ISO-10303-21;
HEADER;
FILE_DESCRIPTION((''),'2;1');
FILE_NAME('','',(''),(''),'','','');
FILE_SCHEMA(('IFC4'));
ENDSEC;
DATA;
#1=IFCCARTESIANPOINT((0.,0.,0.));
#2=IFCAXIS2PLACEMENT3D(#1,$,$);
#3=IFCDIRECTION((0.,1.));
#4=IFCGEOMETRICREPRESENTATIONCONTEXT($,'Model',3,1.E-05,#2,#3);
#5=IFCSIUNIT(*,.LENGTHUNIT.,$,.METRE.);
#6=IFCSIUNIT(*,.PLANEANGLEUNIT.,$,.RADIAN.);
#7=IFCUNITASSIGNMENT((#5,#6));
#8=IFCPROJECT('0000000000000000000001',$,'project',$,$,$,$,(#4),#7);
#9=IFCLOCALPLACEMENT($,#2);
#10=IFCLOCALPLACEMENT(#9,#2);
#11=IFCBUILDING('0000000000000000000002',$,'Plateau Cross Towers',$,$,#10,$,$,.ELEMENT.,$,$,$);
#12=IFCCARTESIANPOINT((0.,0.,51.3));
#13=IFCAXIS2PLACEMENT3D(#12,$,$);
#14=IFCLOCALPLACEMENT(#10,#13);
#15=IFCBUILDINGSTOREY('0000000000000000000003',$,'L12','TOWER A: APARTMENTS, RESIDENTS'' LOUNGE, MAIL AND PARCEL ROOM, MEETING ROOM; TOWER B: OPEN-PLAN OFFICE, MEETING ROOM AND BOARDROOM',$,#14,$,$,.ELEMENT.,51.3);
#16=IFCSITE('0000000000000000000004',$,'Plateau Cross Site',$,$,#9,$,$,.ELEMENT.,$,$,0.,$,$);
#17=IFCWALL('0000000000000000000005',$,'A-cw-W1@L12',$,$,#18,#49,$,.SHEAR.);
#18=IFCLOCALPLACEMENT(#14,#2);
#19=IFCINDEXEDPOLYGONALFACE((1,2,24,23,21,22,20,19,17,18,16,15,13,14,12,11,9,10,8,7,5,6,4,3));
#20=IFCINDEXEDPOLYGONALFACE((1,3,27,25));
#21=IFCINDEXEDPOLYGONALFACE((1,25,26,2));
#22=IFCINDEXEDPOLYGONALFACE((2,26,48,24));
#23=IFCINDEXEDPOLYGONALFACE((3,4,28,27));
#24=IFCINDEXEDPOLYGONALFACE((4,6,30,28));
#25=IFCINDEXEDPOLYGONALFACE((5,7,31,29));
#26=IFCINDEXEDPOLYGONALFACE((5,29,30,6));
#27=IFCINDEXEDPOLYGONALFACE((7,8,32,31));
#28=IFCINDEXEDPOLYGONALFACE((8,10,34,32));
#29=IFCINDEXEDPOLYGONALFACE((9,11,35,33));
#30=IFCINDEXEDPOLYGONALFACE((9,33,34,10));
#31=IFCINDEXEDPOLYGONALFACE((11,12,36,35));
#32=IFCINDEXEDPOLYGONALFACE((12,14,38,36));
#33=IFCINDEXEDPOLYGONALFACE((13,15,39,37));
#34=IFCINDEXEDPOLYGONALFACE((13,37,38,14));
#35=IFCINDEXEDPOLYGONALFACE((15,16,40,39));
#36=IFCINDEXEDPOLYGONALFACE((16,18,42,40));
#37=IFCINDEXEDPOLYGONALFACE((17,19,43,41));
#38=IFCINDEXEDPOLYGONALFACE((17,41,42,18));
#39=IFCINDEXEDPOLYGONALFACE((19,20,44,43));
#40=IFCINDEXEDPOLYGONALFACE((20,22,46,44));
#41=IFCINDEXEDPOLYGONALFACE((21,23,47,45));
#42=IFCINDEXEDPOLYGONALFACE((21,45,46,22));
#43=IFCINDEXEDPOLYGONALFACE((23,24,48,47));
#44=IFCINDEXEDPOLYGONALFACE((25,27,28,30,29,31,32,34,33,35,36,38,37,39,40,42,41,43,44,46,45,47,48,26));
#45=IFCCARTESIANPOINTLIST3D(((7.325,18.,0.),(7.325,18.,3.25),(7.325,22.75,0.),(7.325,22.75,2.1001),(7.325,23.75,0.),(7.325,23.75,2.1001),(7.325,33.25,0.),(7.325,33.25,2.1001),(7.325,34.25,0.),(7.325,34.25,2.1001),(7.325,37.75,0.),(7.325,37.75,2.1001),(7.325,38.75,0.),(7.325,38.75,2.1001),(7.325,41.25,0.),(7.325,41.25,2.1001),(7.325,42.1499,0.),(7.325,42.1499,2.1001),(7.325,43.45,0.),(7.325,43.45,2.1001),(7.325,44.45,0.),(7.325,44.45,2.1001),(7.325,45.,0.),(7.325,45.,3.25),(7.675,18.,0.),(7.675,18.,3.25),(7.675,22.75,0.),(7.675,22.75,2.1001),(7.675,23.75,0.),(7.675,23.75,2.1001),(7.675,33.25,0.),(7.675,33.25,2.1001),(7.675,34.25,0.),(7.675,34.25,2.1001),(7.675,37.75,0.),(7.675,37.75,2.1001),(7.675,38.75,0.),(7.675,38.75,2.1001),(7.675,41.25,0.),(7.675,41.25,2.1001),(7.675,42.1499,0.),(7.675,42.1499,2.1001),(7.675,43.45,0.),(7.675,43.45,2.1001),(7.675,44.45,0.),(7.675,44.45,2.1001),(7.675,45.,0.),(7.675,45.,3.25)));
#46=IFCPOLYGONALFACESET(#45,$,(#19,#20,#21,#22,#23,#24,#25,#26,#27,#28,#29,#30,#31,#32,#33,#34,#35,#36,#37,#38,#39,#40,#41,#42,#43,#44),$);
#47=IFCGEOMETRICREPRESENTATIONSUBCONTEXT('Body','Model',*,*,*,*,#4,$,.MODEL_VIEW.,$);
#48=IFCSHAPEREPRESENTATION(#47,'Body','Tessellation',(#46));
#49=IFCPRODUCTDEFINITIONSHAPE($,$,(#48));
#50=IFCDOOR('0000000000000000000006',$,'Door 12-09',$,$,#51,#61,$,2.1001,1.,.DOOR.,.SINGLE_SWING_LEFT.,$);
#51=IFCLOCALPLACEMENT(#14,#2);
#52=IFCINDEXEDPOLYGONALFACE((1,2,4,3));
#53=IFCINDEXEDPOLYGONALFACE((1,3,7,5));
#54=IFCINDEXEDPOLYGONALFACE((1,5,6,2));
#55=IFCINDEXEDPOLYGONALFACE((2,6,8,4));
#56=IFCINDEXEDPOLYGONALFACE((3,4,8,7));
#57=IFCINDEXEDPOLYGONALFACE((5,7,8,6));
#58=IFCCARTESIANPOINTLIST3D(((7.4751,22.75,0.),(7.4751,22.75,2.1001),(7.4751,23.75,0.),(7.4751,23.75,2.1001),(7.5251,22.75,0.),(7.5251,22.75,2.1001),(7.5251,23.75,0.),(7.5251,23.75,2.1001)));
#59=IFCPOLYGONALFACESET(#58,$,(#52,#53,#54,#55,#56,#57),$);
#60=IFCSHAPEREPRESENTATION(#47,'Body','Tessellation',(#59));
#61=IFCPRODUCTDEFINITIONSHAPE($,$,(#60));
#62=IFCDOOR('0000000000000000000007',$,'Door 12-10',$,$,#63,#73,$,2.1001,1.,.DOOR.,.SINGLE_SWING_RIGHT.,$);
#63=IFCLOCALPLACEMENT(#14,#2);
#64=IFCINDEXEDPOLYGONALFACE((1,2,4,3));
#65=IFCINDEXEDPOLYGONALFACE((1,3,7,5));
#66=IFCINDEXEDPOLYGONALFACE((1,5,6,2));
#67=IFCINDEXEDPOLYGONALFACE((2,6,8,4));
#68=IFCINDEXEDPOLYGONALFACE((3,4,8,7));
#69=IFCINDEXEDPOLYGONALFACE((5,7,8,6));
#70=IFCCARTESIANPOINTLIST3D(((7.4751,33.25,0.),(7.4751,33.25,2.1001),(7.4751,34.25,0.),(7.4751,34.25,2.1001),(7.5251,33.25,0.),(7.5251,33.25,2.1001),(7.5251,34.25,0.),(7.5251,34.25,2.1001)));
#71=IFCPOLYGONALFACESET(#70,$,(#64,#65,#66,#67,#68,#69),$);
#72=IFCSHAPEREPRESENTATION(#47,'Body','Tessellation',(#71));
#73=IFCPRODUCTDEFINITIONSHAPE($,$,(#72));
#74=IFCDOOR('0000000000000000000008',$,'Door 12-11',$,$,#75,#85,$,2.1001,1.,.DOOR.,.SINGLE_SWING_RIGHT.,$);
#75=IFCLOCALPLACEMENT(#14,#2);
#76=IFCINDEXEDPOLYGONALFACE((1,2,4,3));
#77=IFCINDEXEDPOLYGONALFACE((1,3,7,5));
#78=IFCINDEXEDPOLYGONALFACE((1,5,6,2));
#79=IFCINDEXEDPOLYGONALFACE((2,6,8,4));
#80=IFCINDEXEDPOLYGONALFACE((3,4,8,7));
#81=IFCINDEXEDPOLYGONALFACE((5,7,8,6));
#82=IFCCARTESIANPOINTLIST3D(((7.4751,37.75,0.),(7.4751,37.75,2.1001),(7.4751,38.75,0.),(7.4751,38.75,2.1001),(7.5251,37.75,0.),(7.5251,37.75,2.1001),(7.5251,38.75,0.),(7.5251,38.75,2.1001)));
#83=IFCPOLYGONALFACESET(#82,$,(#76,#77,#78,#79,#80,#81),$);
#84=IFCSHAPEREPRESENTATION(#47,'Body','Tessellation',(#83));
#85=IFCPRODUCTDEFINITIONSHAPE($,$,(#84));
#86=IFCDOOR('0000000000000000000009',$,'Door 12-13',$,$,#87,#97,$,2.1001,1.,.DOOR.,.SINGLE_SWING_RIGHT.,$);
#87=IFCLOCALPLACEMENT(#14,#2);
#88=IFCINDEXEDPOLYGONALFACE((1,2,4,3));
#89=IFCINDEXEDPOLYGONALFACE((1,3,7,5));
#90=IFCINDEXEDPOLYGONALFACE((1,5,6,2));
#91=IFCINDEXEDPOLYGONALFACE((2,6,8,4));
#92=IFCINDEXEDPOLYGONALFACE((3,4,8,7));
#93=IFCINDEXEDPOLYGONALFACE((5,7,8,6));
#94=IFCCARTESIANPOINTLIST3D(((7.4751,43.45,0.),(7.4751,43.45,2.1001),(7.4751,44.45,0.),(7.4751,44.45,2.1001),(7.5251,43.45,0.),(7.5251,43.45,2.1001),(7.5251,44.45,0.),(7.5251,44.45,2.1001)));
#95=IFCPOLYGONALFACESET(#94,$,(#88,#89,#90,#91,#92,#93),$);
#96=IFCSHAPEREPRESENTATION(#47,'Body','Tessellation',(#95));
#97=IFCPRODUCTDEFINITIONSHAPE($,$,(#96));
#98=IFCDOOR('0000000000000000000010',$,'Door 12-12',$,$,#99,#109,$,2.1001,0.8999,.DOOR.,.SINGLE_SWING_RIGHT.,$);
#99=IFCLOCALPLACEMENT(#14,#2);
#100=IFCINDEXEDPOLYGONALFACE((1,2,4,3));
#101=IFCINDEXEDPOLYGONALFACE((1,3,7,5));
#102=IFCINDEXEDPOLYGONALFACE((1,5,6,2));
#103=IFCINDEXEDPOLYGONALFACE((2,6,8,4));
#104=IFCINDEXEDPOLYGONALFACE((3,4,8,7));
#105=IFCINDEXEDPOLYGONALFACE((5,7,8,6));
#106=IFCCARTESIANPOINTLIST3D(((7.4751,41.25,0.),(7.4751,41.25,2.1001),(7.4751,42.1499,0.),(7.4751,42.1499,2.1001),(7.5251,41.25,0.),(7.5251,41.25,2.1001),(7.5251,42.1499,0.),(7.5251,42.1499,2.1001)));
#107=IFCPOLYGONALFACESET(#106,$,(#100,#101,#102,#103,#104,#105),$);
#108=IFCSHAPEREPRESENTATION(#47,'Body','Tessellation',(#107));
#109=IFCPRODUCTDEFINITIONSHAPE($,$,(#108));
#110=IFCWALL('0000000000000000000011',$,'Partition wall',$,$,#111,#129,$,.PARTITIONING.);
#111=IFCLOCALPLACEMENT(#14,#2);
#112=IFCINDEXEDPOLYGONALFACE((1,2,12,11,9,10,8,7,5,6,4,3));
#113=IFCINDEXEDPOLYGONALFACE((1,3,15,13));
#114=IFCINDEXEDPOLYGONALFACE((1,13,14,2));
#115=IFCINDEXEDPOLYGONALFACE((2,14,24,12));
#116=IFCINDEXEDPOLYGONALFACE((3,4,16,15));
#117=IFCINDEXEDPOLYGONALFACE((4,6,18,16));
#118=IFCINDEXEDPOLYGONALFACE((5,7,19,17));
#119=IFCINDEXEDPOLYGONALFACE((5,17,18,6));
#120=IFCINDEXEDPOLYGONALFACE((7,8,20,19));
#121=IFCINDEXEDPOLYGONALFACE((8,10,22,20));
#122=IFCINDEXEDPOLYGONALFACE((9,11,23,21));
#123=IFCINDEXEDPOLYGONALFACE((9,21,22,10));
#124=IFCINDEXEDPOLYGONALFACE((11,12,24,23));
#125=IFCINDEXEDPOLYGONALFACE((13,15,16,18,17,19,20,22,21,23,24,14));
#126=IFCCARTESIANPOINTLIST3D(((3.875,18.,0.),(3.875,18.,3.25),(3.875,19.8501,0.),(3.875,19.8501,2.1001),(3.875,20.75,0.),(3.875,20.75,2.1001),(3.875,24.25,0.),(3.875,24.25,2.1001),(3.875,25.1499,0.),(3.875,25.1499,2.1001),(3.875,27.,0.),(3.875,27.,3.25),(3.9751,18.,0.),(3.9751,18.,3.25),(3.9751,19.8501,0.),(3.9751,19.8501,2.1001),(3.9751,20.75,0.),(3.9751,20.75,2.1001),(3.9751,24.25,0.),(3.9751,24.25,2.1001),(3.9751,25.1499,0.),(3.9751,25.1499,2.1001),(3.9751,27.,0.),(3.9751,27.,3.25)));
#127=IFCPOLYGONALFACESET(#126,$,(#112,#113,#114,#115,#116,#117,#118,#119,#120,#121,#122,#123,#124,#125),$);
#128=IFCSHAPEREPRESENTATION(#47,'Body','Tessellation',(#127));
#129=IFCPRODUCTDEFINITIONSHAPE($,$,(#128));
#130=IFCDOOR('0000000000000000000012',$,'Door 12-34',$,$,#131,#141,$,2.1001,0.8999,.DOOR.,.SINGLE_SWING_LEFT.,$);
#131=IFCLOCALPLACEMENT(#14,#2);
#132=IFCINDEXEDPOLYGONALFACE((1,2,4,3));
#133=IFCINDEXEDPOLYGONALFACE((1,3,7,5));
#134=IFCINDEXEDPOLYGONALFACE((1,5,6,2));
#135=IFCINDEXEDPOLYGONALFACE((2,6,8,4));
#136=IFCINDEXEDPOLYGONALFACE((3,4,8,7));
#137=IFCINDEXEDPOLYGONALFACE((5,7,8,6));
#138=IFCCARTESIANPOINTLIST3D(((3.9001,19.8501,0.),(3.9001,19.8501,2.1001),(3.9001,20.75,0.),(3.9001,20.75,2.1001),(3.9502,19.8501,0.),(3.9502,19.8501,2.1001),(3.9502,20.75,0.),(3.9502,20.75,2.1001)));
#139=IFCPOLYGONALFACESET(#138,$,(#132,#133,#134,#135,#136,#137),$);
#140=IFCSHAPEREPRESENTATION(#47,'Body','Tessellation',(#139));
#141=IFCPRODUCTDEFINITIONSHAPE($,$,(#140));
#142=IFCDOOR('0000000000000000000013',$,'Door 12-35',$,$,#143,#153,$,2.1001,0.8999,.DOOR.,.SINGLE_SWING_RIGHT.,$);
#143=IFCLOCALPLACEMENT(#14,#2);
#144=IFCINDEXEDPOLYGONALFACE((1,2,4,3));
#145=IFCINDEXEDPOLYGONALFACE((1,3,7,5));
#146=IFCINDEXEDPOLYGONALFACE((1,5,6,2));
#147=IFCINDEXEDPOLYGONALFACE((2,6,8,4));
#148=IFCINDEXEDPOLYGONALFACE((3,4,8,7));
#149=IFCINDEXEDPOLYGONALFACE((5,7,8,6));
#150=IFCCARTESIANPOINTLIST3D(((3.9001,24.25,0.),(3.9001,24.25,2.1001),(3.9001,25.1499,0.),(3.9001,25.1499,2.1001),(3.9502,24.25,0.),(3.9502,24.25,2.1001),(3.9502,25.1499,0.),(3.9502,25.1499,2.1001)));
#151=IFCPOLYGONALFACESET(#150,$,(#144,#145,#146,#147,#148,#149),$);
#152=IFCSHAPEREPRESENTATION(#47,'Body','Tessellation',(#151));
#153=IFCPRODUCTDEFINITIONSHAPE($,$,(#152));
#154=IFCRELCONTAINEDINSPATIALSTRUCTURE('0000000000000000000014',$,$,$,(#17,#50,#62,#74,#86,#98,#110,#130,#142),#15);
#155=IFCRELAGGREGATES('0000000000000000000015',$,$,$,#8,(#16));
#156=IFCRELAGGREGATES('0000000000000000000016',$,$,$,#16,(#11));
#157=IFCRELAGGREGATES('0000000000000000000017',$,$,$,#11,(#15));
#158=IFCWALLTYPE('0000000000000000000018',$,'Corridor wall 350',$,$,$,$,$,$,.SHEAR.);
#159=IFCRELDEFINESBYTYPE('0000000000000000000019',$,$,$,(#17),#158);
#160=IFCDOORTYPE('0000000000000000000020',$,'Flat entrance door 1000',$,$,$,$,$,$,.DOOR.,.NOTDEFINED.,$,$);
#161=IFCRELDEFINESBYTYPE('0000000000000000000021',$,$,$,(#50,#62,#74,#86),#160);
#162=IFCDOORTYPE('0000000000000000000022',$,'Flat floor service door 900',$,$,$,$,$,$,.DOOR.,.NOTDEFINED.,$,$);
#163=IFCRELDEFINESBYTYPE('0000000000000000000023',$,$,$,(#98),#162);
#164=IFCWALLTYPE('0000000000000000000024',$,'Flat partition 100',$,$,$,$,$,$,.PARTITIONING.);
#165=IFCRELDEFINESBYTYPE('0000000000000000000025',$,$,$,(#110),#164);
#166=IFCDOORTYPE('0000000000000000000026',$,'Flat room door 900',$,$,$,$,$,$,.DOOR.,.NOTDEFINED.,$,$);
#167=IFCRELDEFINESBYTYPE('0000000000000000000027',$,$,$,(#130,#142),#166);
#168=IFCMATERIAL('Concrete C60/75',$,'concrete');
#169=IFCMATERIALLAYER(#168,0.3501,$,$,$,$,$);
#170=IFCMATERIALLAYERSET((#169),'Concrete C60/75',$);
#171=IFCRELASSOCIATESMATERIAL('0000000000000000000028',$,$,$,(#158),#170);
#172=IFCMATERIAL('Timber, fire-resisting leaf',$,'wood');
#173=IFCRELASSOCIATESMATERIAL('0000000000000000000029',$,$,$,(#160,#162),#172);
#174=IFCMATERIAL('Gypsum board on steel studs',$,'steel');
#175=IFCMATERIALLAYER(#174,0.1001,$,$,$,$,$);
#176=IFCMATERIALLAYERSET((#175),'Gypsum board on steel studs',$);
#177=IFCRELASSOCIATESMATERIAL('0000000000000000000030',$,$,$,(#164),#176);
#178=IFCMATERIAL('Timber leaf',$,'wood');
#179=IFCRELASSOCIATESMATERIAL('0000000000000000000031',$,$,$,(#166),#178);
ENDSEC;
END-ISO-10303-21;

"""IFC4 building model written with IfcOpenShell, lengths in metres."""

from ifc_helpers import new_model, si_unit, direction, frame, frame_2d, origin, place, context, subcontext, project, spatial, rectangle, extrude, material, layer, layer_set, type_object, element, fill, save


model = new_model("IFC4")

# Units and contexts
model_context = context("Model", 3, precision=1e-05, world=origin(), true_north=direction((0.0, 1.0)))
body_context = subcontext(model_context, "Body", "Model", "MODEL_VIEW")
ifc_project = project(units=[si_unit("LENGTHUNIT", "METRE"), si_unit("PLANEANGLEUNIT", "RADIAN")], contexts=[model_context])

# Site, building, storey
site_placement = place(None, origin())
site = spatial("IfcSite", under=ifc_project, at=site_placement, Name="Plateau Cross Site", CompositionType="ELEMENT", RefElevation=0.0)
building_placement = place(site_placement, origin())
building = spatial("IfcBuilding", under=site, at=building_placement, Name="Plateau Cross Towers", CompositionType="ELEMENT")
storey_placement = place(building_placement, frame((0.0, 0.0, 51.3)))
storey = spatial("IfcBuildingStorey", under=building, at=storey_placement, Name="L12", Description="TOWER A: APARTMENTS, RESIDENTS' LOUNGE, MAIL AND PARCEL ROOM, MEETING ROOM; TOWER B: OPEN-PLAN OFFICE, MEETING ROOM AND BOARDROOM", CompositionType="ELEMENT", Elevation=51.3)

# Shared definitions
ifc_material_1 = material(Name="Concrete C60/75", Category="concrete")

# Walls, openings, doors
ifc_layer_1 = layer(ifc_material_1, 0.3501)
ifc_layer_set_1 = layer_set([ifc_layer_1], Name="Concrete C60/75")
wall_type_1 = type_object("IfcWallType", Name="Corridor wall 350", PredefinedType="SHEAR", material=ifc_layer_set_1)
wall_1_placement = place(storey_placement, frame((7.5, 18.0, 0.0), z_axis=(0.0, 0.0, 1.0), x_axis=(0.0, 1.0, 0.0)))
wall_1 = element("IfcWall", 1, at=wall_1_placement, inside=storey, type_object=wall_type_1, Name="A-cw-W1@L12", PredefinedType="SHEAR", context=body_context, shape_type="SweptSolid", body=[
    extrude(rectangle(XDim=27.0, YDim=0.3501, at=frame_2d((13.5, 0.0))), origin(), (0.0, 0.0, 1.0), 3.25),
])
opening_1_placement = place(wall_1_placement, frame((4.75, 0.0, 0.0)))
opening_1 = element("IfcOpeningElement", 2, at=opening_1_placement, cuts=wall_1, PredefinedType="OPENING", context=body_context, shape_type="SweptSolid", body=[
    extrude(rectangle(XDim=1.0, YDim=2.1001, at=frame_2d((0.5, 1.05))), frame((0.0, 0.1851, 0.0), z_axis=(0.0, -1.0, 0.0), x_axis=(1.0, 0.0, 0.0)), (0.0, 0.0, 1.0), 0.3701),
])
opening_2_placement = place(wall_1_placement, frame((15.25, 0.0, 0.0)))
opening_2 = element("IfcOpeningElement", 3, at=opening_2_placement, cuts=wall_1, PredefinedType="OPENING", context=body_context, shape_type="SweptSolid", body=[
    extrude(rectangle(XDim=1.0, YDim=2.1001, at=frame_2d((0.5, 1.05))), frame((0.0, 0.1851, 0.0), z_axis=(0.0, -1.0, 0.0), x_axis=(1.0, 0.0, 0.0)), (0.0, 0.0, 1.0), 0.3701),
])
opening_3_placement = place(wall_1_placement, frame((19.75, 0.0, 0.0)))
opening_3 = element("IfcOpeningElement", 4, at=opening_3_placement, cuts=wall_1, PredefinedType="OPENING", context=body_context, shape_type="SweptSolid", body=[
    extrude(rectangle(XDim=1.0, YDim=2.1001, at=frame_2d((0.5, 1.05))), frame((0.0, 0.1851, 0.0), z_axis=(0.0, -1.0, 0.0), x_axis=(1.0, 0.0, 0.0)), (0.0, 0.0, 1.0), 0.3701),
])
opening_4_placement = place(wall_1_placement, frame((23.25, 0.0, 0.0)))
opening_4 = element("IfcOpeningElement", 5, at=opening_4_placement, cuts=wall_1, PredefinedType="OPENING", context=body_context, shape_type="SweptSolid", body=[
    extrude(rectangle(XDim=0.8999, YDim=2.1001, at=frame_2d((0.45, 1.05))), frame((0.0, 0.1851, 0.0), z_axis=(0.0, -1.0, 0.0), x_axis=(1.0, 0.0, 0.0)), (0.0, 0.0, 1.0), 0.3701),
])
opening_5_placement = place(wall_1_placement, frame((25.45, 0.0, 0.0)))
opening_5 = element("IfcOpeningElement", 6, at=opening_5_placement, cuts=wall_1, PredefinedType="OPENING", context=body_context, shape_type="SweptSolid", body=[
    extrude(rectangle(XDim=1.0, YDim=2.1001, at=frame_2d((0.5, 1.05))), frame((0.0, 0.1851, 0.0), z_axis=(0.0, -1.0, 0.0), x_axis=(1.0, 0.0, 0.0)), (0.0, 0.0, 1.0), 0.3701),
])
ifc_material_2 = material(Name="Timber, fire-resisting leaf", Category="wood")
door_type_1 = type_object("IfcDoorType", Name="Flat entrance door 1000", OperationType="NOTDEFINED", PredefinedType="DOOR", material=ifc_material_2)
door_1_placement = place(opening_1_placement, origin())
door_1 = element("IfcDoor", 7, at=door_1_placement, inside=storey, type_object=door_type_1, Name="Door 12-09", OperationType="SINGLE_SWING_LEFT", OverallHeight=2.1001, OverallWidth=1.0, PredefinedType="DOOR", context=body_context, shape_type="SweptSolid", body=[
    extrude(rectangle(XDim=1.0, YDim=2.1001, at=frame_2d((0.5, 1.05))), frame((0.0, 0.0249, 0.0), z_axis=(0.0, -1.0, 0.0), x_axis=(1.0, 0.0, 0.0)), (0.0, 0.0, 1.0), 0.05),
])
fill(opening_1, door_1)
door_2_placement = place(opening_2_placement, origin())
door_2 = element("IfcDoor", 8, at=door_2_placement, inside=storey, type_object=door_type_1, Name="Door 12-10", OperationType="SINGLE_SWING_RIGHT", OverallHeight=2.1001, OverallWidth=1.0, PredefinedType="DOOR", context=body_context, shape_type="SweptSolid", body=[
    extrude(rectangle(XDim=1.0, YDim=2.1001, at=frame_2d((0.5, 1.05))), frame((0.0, 0.0249, 0.0), z_axis=(0.0, -1.0, 0.0), x_axis=(1.0, 0.0, 0.0)), (0.0, 0.0, 1.0), 0.05),
])
fill(opening_2, door_2)
door_3_placement = place(opening_3_placement, origin())
door_3 = element("IfcDoor", 9, at=door_3_placement, inside=storey, type_object=door_type_1, Name="Door 12-11", OperationType="SINGLE_SWING_RIGHT", OverallHeight=2.1001, OverallWidth=1.0, PredefinedType="DOOR", context=body_context, shape_type="SweptSolid", body=[
    extrude(rectangle(XDim=1.0, YDim=2.1001, at=frame_2d((0.5, 1.05))), frame((0.0, 0.0249, 0.0), z_axis=(0.0, -1.0, 0.0), x_axis=(1.0, 0.0, 0.0)), (0.0, 0.0, 1.0), 0.05),
])
fill(opening_3, door_3)
door_4_placement = place(opening_5_placement, origin())
door_4 = element("IfcDoor", 10, at=door_4_placement, inside=storey, type_object=door_type_1, Name="Door 12-13", OperationType="SINGLE_SWING_RIGHT", OverallHeight=2.1001, OverallWidth=1.0, PredefinedType="DOOR", context=body_context, shape_type="SweptSolid", body=[
    extrude(rectangle(XDim=1.0, YDim=2.1001, at=frame_2d((0.5, 1.05))), frame((0.0, 0.0249, 0.0), z_axis=(0.0, -1.0, 0.0), x_axis=(1.0, 0.0, 0.0)), (0.0, 0.0, 1.0), 0.05),
])
fill(opening_5, door_4)
door_type_2 = type_object("IfcDoorType", Name="Flat floor service door 900", OperationType="NOTDEFINED", PredefinedType="DOOR", material=ifc_material_2)
door_5_placement = place(opening_4_placement, origin())
door_5 = element("IfcDoor", 11, at=door_5_placement, inside=storey, type_object=door_type_2, Name="Door 12-12", OperationType="SINGLE_SWING_RIGHT", OverallHeight=2.1001, OverallWidth=0.8999, PredefinedType="DOOR", context=body_context, shape_type="SweptSolid", body=[
    extrude(rectangle(XDim=0.8999, YDim=2.1001, at=frame_2d((0.45, 1.05))), frame((0.0, 0.0249, 0.0), z_axis=(0.0, -1.0, 0.0), x_axis=(1.0, 0.0, 0.0)), (0.0, 0.0, 1.0), 0.05),
])
fill(opening_4, door_5)
ifc_material_3 = material(Name="Gypsum board on steel studs", Category="steel")
ifc_layer_2 = layer(ifc_material_3, 0.1001)
ifc_layer_set_2 = layer_set([ifc_layer_2], Name="Gypsum board on steel studs")
wall_type_2 = type_object("IfcWallType", Name="Flat partition 100", PredefinedType="PARTITIONING", material=ifc_layer_set_2)
wall_2_placement = place(storey_placement, frame((3.925, 18.0, 0.0), z_axis=(0.0, 0.0, 1.0), x_axis=(0.0, 1.0, 0.0)))
wall_2 = element("IfcWall", 12, at=wall_2_placement, inside=storey, type_object=wall_type_2, Name="Partition wall", PredefinedType="PARTITIONING", context=body_context, shape_type="SweptSolid", body=[
    extrude(rectangle(XDim=9.0, YDim=0.1001, at=frame_2d((4.5, 0.0))), origin(), (0.0, 0.0, 1.0), 3.25),
])
opening_6_placement = place(wall_2_placement, frame((1.8501, 0.0, 0.0)))
opening_6 = element("IfcOpeningElement", 13, at=opening_6_placement, cuts=wall_2, PredefinedType="OPENING", context=body_context, shape_type="SweptSolid", body=[
    extrude(rectangle(XDim=0.8999, YDim=2.1001, at=frame_2d((0.45, 1.05))), frame((0.0, 0.0601, 0.0), z_axis=(0.0, -1.0, 0.0), x_axis=(1.0, 0.0, 0.0)), (0.0, 0.0, 1.0), 0.1201),
])
opening_7_placement = place(wall_2_placement, frame((6.25, 0.0, 0.0)))
opening_7 = element("IfcOpeningElement", 14, at=opening_7_placement, cuts=wall_2, PredefinedType="OPENING", context=body_context, shape_type="SweptSolid", body=[
    extrude(rectangle(XDim=0.8999, YDim=2.1001, at=frame_2d((0.45, 1.05))), frame((0.0, 0.0601, 0.0), z_axis=(0.0, -1.0, 0.0), x_axis=(1.0, 0.0, 0.0)), (0.0, 0.0, 1.0), 0.1201),
])
ifc_material_4 = material(Name="Timber leaf", Category="wood")
door_type_3 = type_object("IfcDoorType", Name="Flat room door 900", OperationType="NOTDEFINED", PredefinedType="DOOR", material=ifc_material_4)
door_6_placement = place(opening_6_placement, origin())
door_6 = element("IfcDoor", 15, at=door_6_placement, inside=storey, type_object=door_type_3, Name="Door 12-34", OperationType="SINGLE_SWING_LEFT", OverallHeight=2.1001, OverallWidth=0.8999, PredefinedType="DOOR", context=body_context, shape_type="SweptSolid", body=[
    extrude(rectangle(XDim=0.8999, YDim=2.1001, at=frame_2d((0.45, 1.05))), frame((0.0, 0.0249, 0.0), z_axis=(0.0, -1.0, 0.0), x_axis=(1.0, 0.0, 0.0)), (0.0, 0.0, 1.0), 0.05),
])
fill(opening_6, door_6)
door_7_placement = place(opening_7_placement, origin())
door_7 = element("IfcDoor", 16, at=door_7_placement, inside=storey, type_object=door_type_3, Name="Door 12-35", OperationType="SINGLE_SWING_RIGHT", OverallHeight=2.1001, OverallWidth=0.8999, PredefinedType="DOOR", context=body_context, shape_type="SweptSolid", body=[
    extrude(rectangle(XDim=0.8999, YDim=2.1001, at=frame_2d((0.45, 1.05))), frame((0.0, 0.0249, 0.0), z_axis=(0.0, -1.0, 0.0), x_axis=(1.0, 0.0, 0.0)), (0.0, 0.0, 1.0), 0.05),
])
fill(opening_7, door_7)

save(model, "model.ifc")
